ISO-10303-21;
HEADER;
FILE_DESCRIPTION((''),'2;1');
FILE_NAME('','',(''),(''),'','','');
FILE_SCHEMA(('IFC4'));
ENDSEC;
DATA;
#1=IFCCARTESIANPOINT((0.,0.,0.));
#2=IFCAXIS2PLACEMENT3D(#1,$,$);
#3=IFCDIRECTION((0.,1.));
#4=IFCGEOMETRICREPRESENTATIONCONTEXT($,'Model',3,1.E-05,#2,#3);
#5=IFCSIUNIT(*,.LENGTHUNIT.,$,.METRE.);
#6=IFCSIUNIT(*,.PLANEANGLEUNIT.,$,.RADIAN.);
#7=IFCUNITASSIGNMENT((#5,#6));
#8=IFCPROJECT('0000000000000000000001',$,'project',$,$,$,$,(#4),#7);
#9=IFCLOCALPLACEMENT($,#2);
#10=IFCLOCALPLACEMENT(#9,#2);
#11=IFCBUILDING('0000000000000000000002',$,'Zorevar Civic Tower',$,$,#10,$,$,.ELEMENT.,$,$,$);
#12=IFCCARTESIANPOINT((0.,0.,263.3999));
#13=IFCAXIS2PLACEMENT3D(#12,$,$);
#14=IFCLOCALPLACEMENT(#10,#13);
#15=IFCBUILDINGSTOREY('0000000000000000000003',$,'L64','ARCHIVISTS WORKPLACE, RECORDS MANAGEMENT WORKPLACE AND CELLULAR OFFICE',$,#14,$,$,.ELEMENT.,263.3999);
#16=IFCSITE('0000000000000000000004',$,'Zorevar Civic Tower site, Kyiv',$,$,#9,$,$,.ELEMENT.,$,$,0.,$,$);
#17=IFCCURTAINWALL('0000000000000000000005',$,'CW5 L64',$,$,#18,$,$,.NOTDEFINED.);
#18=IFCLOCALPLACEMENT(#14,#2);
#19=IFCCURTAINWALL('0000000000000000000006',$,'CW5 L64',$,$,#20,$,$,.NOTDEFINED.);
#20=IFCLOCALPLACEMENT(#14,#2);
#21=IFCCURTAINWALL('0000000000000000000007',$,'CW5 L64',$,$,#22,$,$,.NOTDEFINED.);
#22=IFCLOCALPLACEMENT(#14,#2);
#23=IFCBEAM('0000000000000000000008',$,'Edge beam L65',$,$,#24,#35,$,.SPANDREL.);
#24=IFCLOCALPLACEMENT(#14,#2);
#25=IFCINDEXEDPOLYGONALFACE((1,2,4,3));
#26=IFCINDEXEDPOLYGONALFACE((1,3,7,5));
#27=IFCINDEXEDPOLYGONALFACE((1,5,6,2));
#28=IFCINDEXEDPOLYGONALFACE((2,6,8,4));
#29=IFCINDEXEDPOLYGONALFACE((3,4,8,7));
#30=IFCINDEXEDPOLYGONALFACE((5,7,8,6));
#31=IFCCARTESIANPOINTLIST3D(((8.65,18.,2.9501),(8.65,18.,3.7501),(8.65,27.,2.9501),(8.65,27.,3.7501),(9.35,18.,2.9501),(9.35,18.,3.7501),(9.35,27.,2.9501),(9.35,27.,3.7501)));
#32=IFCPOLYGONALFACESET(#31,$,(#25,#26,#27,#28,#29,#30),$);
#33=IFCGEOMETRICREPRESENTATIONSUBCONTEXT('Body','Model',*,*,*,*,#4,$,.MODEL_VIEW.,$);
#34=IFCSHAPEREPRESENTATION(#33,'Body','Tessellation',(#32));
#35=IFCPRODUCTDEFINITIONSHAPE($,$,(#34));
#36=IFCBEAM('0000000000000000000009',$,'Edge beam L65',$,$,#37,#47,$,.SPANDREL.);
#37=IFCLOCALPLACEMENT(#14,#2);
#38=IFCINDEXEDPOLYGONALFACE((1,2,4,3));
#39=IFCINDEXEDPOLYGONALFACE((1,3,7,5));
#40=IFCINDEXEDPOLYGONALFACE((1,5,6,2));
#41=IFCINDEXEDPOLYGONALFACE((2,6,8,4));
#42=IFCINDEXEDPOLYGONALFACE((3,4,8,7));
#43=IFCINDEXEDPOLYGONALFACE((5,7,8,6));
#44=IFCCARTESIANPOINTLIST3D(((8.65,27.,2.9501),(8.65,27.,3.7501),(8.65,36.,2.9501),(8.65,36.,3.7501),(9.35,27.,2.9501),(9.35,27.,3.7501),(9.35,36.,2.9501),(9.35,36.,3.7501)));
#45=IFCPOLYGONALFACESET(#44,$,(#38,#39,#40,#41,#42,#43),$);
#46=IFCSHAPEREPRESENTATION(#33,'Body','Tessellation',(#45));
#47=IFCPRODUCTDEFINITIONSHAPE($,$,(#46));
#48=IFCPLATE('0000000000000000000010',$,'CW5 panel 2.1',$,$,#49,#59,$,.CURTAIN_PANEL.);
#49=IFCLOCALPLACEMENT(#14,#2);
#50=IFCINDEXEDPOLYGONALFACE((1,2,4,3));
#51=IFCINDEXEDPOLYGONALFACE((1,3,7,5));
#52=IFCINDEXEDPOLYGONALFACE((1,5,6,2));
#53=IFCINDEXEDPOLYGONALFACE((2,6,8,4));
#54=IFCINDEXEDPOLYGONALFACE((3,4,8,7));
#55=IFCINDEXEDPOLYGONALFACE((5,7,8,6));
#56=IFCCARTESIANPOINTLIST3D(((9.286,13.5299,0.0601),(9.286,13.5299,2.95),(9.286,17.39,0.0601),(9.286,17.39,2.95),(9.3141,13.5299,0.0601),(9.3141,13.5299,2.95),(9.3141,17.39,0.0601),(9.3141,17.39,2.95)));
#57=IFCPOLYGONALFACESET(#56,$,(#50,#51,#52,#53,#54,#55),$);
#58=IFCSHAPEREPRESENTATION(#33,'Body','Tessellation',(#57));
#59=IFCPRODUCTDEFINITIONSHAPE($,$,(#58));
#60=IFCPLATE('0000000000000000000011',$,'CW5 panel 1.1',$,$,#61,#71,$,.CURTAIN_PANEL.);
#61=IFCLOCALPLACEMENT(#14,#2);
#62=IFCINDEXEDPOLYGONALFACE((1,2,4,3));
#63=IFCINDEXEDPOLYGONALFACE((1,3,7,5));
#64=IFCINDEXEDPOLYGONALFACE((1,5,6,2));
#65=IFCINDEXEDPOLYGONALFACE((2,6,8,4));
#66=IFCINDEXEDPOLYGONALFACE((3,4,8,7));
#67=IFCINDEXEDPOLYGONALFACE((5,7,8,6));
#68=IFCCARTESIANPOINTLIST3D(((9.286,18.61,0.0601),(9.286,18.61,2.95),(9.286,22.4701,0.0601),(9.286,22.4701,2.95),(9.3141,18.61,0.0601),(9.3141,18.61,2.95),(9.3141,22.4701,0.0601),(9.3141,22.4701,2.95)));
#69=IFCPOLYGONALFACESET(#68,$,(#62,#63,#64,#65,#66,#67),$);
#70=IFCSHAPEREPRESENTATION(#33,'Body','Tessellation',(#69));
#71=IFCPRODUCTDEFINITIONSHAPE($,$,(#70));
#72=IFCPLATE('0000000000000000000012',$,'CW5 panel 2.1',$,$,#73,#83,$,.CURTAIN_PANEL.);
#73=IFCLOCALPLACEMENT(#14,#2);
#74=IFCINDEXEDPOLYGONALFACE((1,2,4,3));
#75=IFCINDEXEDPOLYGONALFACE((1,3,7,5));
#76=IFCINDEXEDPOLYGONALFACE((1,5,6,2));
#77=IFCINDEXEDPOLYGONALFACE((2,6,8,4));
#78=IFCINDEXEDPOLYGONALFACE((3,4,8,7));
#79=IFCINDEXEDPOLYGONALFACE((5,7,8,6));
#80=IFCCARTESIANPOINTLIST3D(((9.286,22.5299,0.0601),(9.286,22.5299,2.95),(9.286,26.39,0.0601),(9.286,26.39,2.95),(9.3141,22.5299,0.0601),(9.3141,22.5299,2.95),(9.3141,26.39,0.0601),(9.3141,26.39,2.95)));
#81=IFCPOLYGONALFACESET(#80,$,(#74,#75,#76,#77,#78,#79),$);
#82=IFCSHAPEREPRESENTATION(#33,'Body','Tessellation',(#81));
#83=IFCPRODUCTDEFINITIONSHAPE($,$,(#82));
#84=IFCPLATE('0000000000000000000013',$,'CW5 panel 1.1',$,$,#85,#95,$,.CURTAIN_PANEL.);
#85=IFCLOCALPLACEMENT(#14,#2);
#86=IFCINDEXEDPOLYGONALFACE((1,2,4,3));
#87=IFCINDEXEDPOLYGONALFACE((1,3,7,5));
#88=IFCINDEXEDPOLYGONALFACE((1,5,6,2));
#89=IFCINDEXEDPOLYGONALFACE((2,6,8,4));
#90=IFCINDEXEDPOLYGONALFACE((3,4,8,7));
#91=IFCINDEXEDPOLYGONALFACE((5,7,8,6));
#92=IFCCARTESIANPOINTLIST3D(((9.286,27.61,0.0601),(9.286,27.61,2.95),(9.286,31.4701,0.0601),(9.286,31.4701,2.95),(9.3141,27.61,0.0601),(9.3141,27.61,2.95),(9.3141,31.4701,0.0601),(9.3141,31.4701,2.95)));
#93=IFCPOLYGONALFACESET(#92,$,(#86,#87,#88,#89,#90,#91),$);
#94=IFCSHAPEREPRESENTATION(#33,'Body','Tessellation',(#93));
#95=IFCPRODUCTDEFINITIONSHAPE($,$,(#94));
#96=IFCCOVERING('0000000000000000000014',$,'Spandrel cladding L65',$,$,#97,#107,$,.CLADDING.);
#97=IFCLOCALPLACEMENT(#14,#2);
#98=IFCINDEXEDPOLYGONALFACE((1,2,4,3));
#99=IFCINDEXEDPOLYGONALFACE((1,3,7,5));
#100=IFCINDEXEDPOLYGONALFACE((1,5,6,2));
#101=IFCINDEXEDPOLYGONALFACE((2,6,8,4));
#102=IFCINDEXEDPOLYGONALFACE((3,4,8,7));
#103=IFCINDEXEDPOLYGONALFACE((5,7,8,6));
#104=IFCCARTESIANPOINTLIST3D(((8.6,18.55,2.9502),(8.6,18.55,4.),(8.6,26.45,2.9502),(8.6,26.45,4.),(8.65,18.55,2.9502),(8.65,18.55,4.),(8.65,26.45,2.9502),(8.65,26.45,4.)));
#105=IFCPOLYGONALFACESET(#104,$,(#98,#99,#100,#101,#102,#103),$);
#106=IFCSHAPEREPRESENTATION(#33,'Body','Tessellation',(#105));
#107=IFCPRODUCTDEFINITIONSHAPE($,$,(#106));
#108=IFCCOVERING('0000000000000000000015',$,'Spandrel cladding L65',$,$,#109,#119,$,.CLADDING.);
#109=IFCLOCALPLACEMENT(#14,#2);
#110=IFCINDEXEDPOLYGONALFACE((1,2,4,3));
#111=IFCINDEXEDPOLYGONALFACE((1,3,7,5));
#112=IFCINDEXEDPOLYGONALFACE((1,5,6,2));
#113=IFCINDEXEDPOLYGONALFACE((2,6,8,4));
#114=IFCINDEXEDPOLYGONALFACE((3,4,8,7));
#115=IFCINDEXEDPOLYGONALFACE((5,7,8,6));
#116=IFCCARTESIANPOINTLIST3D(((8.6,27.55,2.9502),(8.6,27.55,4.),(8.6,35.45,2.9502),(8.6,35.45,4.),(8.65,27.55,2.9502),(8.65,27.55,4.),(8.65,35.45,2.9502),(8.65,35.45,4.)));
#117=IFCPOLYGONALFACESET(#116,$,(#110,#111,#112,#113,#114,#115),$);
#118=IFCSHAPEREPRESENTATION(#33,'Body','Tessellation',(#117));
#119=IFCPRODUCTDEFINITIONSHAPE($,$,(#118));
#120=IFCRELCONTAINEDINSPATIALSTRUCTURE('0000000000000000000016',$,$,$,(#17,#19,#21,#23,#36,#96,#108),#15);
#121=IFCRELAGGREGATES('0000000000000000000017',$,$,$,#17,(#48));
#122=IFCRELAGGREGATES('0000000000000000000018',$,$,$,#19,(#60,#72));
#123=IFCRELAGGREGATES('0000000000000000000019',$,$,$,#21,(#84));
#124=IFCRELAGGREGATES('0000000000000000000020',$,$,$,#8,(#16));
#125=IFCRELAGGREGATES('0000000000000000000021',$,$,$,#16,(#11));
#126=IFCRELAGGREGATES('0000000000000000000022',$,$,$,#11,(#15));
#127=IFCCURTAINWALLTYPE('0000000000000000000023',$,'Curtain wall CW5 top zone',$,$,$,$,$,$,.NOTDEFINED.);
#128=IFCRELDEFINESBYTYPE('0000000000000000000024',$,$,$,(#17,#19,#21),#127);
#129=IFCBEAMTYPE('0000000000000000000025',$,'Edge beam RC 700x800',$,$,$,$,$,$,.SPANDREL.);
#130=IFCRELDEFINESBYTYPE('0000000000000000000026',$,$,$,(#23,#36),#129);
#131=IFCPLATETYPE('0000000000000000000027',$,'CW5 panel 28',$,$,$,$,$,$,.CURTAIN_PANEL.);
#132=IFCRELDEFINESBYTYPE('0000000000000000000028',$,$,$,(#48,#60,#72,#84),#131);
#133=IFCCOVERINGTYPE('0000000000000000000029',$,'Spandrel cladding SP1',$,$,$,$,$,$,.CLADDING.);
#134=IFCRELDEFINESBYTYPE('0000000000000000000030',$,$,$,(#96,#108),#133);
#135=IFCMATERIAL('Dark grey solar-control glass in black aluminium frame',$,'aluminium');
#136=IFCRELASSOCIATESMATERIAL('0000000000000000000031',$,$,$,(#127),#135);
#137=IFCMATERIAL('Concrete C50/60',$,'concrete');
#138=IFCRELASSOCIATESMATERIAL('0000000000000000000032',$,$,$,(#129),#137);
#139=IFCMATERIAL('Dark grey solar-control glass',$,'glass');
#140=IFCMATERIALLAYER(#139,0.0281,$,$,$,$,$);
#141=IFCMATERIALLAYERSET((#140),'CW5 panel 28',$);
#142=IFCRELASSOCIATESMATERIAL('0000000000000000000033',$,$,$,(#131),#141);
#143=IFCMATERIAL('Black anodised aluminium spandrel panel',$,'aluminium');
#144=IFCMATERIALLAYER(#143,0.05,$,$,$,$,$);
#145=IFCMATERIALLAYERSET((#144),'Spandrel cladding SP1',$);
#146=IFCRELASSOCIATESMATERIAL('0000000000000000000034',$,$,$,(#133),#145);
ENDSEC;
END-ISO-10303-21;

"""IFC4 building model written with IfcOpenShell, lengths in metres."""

from ifc_helpers import new_model, si_unit, direction, frame, frame_2d, origin, origin_2d, place, context, subcontext, project, spatial, rectangle, extrude, material, layer, layer_set, material_profile, profile_set, type_object, element, aggregate, save


model = new_model("IFC4")

# Units and contexts
model_context = context("Model", 3, precision=1e-05, world=origin(), true_north=direction((0.0, 1.0)))
body_context = subcontext(model_context, "Body", "Model", "MODEL_VIEW")
ifc_project = project(units=[si_unit("LENGTHUNIT", "METRE"), si_unit("PLANEANGLEUNIT", "RADIAN")], contexts=[model_context])

# Site, building, storey
site_placement = place(None, origin())
site = spatial("IfcSite", under=ifc_project, at=site_placement, Name="Zorevar Civic Tower site, Kyiv", CompositionType="ELEMENT", RefElevation=0.0)
building_placement = place(site_placement, origin())
building = spatial("IfcBuilding", under=site, at=building_placement, Name="Zorevar Civic Tower", CompositionType="ELEMENT")
storey_placement = place(building_placement, frame((0.0, 0.0, 263.3999)))
storey = spatial("IfcBuildingStorey", under=building, at=storey_placement, Name="L64", Description="ARCHIVISTS WORKPLACE, RECORDS MANAGEMENT WORKPLACE AND CELLULAR OFFICE", CompositionType="ELEMENT", Elevation=263.3999)

# Curtain walls
ifc_material_1 = material(Name="Dark grey solar-control glass in black aluminium frame", Category="aluminium")
curtain_wall_type = type_object("IfcCurtainWallType", Name="Curtain wall CW5 top zone", PredefinedType="NOTDEFINED", material=ifc_material_1)
curtain_wall_1_placement = place(storey_placement, origin())
curtain_wall_1 = element("IfcCurtainWall", 1, at=curtain_wall_1_placement, inside=storey, type_object=curtain_wall_type, Name="CW5 L64", PredefinedType="NOTDEFINED")
curtain_wall_2_placement = place(storey_placement, origin())
curtain_wall_2 = element("IfcCurtainWall", 2, at=curtain_wall_2_placement, inside=storey, type_object=curtain_wall_type, Name="CW5 L64", PredefinedType="NOTDEFINED")

# Curtain wall
curtain_wall_3_placement = place(storey_placement, origin())
curtain_wall_3 = element("IfcCurtainWall", 3, at=curtain_wall_3_placement, inside=storey, type_object=curtain_wall_type, Name="CW5 L64", PredefinedType="NOTDEFINED")

# Beams
ifc_material_2 = material(Name="Concrete C50/60", Category="concrete")
ifc_material_profile_1 = material_profile(ifc_material_2, rectangle(XDim=0.7, YDim=0.8, at=origin_2d()), Name="RC 700x800")
ifc_profile_set_1 = profile_set([ifc_material_profile_1], Name="Concrete C50/60")
beam_type_1 = type_object("IfcBeamType", Name="Edge beam RC 700x800", PredefinedType="SPANDREL", material=ifc_profile_set_1)
for number, where, z_axis, x_axis, name in (
    (4, (9.0, 18.0, 3.3501), (0.0, 1.0, 0.0), (-1.0, 0.0, 0.0), "Edge beam L65"),
    (5, (9.0, 27.0, 3.3501), (0.0, 1.0, 0.0), (-1.0, 0.0, 0.0), "Edge beam L65"),
):
    element("IfcBeam", number, at=place(storey_placement, frame(where, z_axis=z_axis, x_axis=x_axis)), inside=storey, type_object=beam_type_1, Name=name, PredefinedType="SPANDREL", context=body_context, shape_type="SweptSolid", body=[
        extrude(rectangle(XDim=0.7, YDim=0.8, at=origin_2d()), origin(), (0.0, 0.0, 1.0), 9.0),
    ])

# Plates
ifc_material_3 = material(Name="Dark grey solar-control glass", Category="glass")
ifc_layer_1 = layer(ifc_material_3, 0.0281)
ifc_layer_set_1 = layer_set([ifc_layer_1], Name="CW5 panel 28")
plate_type = type_object("IfcPlateType", Name="CW5 panel 28", PredefinedType="CURTAIN_PANEL", material=ifc_layer_set_1)
plate_1_placement = place(storey_placement, frame((9.3, 15.46, 0.0601), z_axis=(0.0, 0.0, 1.0), x_axis=(0.0, 1.0, 0.0)))
plate_1 = element("IfcPlate", 6, at=plate_1_placement, type_object=plate_type, Name="CW5 panel 2.1", PredefinedType="CURTAIN_PANEL", context=body_context, shape_type="SweptSolid", body=[
    extrude(rectangle(XDim=3.8601, YDim=0.0281, at=origin_2d()), origin(), (0.0, 0.0, 1.0), 2.8899),
])
aggregate(curtain_wall_1, [plate_1])
plate_2_placement = place(storey_placement, frame((9.3, 20.54, 0.0601), z_axis=(0.0, 0.0, 1.0), x_axis=(0.0, 1.0, 0.0)))
plate_2 = element("IfcPlate", 7, at=plate_2_placement, type_object=plate_type, Name="CW5 panel 1.1", PredefinedType="CURTAIN_PANEL", context=body_context, shape_type="SweptSolid", body=[
    extrude(rectangle(XDim=3.8601, YDim=0.0281, at=origin_2d()), origin(), (0.0, 0.0, 1.0), 2.8899),
])
plate_3_placement = place(storey_placement, frame((9.3, 24.46, 0.0601), z_axis=(0.0, 0.0, 1.0), x_axis=(0.0, 1.0, 0.0)))
plate_3 = element("IfcPlate", 8, at=plate_3_placement, type_object=plate_type, Name="CW5 panel 2.1", PredefinedType="CURTAIN_PANEL", context=body_context, shape_type="SweptSolid", body=[
    extrude(rectangle(XDim=3.8601, YDim=0.0281, at=origin_2d()), origin(), (0.0, 0.0, 1.0), 2.8899),
])
aggregate(curtain_wall_2, [plate_2, plate_3])
plate_4_placement = place(storey_placement, frame((9.3, 29.54, 0.0601), z_axis=(0.0, 0.0, 1.0), x_axis=(0.0, 1.0, 0.0)))
plate_4 = element("IfcPlate", 9, at=plate_4_placement, type_object=plate_type, Name="CW5 panel 1.1", PredefinedType="CURTAIN_PANEL", context=body_context, shape_type="SweptSolid", body=[
    extrude(rectangle(XDim=3.8601, YDim=0.0281, at=origin_2d()), origin(), (0.0, 0.0, 1.0), 2.8899),
])
aggregate(curtain_wall_3, [plate_4])

# Coverings
ifc_material_4 = material(Name="Black anodised aluminium spandrel panel", Category="aluminium")
ifc_layer_2 = layer(ifc_material_4, 0.05)
ifc_layer_set_2 = layer_set([ifc_layer_2], Name="Spandrel cladding SP1")
covering_type = type_object("IfcCoveringType", Name="Spandrel cladding SP1", PredefinedType="CLADDING", material=ifc_layer_set_2)
for number, where, z_axis, x_axis, name in (
    (10, (8.625, 18.55, 2.9502), (0.0, 0.0, 1.0), (0.0, 1.0, 0.0), "Spandrel cladding L65"),
    (11, (8.625, 27.55, 2.9502), (0.0, 0.0, 1.0), (0.0, 1.0, 0.0), "Spandrel cladding L65"),
):
    element("IfcCovering", number, at=place(storey_placement, frame(where, z_axis=z_axis, x_axis=x_axis)), inside=storey, type_object=covering_type, Name=name, PredefinedType="CLADDING", context=body_context, shape_type="SweptSolid", body=[
        extrude(rectangle(XDim=7.8999, YDim=0.05, at=frame_2d((3.95, 0.0))), origin(), (0.0, 0.0, 1.0), 1.0498),
    ])

save(model, "model.ifc")
